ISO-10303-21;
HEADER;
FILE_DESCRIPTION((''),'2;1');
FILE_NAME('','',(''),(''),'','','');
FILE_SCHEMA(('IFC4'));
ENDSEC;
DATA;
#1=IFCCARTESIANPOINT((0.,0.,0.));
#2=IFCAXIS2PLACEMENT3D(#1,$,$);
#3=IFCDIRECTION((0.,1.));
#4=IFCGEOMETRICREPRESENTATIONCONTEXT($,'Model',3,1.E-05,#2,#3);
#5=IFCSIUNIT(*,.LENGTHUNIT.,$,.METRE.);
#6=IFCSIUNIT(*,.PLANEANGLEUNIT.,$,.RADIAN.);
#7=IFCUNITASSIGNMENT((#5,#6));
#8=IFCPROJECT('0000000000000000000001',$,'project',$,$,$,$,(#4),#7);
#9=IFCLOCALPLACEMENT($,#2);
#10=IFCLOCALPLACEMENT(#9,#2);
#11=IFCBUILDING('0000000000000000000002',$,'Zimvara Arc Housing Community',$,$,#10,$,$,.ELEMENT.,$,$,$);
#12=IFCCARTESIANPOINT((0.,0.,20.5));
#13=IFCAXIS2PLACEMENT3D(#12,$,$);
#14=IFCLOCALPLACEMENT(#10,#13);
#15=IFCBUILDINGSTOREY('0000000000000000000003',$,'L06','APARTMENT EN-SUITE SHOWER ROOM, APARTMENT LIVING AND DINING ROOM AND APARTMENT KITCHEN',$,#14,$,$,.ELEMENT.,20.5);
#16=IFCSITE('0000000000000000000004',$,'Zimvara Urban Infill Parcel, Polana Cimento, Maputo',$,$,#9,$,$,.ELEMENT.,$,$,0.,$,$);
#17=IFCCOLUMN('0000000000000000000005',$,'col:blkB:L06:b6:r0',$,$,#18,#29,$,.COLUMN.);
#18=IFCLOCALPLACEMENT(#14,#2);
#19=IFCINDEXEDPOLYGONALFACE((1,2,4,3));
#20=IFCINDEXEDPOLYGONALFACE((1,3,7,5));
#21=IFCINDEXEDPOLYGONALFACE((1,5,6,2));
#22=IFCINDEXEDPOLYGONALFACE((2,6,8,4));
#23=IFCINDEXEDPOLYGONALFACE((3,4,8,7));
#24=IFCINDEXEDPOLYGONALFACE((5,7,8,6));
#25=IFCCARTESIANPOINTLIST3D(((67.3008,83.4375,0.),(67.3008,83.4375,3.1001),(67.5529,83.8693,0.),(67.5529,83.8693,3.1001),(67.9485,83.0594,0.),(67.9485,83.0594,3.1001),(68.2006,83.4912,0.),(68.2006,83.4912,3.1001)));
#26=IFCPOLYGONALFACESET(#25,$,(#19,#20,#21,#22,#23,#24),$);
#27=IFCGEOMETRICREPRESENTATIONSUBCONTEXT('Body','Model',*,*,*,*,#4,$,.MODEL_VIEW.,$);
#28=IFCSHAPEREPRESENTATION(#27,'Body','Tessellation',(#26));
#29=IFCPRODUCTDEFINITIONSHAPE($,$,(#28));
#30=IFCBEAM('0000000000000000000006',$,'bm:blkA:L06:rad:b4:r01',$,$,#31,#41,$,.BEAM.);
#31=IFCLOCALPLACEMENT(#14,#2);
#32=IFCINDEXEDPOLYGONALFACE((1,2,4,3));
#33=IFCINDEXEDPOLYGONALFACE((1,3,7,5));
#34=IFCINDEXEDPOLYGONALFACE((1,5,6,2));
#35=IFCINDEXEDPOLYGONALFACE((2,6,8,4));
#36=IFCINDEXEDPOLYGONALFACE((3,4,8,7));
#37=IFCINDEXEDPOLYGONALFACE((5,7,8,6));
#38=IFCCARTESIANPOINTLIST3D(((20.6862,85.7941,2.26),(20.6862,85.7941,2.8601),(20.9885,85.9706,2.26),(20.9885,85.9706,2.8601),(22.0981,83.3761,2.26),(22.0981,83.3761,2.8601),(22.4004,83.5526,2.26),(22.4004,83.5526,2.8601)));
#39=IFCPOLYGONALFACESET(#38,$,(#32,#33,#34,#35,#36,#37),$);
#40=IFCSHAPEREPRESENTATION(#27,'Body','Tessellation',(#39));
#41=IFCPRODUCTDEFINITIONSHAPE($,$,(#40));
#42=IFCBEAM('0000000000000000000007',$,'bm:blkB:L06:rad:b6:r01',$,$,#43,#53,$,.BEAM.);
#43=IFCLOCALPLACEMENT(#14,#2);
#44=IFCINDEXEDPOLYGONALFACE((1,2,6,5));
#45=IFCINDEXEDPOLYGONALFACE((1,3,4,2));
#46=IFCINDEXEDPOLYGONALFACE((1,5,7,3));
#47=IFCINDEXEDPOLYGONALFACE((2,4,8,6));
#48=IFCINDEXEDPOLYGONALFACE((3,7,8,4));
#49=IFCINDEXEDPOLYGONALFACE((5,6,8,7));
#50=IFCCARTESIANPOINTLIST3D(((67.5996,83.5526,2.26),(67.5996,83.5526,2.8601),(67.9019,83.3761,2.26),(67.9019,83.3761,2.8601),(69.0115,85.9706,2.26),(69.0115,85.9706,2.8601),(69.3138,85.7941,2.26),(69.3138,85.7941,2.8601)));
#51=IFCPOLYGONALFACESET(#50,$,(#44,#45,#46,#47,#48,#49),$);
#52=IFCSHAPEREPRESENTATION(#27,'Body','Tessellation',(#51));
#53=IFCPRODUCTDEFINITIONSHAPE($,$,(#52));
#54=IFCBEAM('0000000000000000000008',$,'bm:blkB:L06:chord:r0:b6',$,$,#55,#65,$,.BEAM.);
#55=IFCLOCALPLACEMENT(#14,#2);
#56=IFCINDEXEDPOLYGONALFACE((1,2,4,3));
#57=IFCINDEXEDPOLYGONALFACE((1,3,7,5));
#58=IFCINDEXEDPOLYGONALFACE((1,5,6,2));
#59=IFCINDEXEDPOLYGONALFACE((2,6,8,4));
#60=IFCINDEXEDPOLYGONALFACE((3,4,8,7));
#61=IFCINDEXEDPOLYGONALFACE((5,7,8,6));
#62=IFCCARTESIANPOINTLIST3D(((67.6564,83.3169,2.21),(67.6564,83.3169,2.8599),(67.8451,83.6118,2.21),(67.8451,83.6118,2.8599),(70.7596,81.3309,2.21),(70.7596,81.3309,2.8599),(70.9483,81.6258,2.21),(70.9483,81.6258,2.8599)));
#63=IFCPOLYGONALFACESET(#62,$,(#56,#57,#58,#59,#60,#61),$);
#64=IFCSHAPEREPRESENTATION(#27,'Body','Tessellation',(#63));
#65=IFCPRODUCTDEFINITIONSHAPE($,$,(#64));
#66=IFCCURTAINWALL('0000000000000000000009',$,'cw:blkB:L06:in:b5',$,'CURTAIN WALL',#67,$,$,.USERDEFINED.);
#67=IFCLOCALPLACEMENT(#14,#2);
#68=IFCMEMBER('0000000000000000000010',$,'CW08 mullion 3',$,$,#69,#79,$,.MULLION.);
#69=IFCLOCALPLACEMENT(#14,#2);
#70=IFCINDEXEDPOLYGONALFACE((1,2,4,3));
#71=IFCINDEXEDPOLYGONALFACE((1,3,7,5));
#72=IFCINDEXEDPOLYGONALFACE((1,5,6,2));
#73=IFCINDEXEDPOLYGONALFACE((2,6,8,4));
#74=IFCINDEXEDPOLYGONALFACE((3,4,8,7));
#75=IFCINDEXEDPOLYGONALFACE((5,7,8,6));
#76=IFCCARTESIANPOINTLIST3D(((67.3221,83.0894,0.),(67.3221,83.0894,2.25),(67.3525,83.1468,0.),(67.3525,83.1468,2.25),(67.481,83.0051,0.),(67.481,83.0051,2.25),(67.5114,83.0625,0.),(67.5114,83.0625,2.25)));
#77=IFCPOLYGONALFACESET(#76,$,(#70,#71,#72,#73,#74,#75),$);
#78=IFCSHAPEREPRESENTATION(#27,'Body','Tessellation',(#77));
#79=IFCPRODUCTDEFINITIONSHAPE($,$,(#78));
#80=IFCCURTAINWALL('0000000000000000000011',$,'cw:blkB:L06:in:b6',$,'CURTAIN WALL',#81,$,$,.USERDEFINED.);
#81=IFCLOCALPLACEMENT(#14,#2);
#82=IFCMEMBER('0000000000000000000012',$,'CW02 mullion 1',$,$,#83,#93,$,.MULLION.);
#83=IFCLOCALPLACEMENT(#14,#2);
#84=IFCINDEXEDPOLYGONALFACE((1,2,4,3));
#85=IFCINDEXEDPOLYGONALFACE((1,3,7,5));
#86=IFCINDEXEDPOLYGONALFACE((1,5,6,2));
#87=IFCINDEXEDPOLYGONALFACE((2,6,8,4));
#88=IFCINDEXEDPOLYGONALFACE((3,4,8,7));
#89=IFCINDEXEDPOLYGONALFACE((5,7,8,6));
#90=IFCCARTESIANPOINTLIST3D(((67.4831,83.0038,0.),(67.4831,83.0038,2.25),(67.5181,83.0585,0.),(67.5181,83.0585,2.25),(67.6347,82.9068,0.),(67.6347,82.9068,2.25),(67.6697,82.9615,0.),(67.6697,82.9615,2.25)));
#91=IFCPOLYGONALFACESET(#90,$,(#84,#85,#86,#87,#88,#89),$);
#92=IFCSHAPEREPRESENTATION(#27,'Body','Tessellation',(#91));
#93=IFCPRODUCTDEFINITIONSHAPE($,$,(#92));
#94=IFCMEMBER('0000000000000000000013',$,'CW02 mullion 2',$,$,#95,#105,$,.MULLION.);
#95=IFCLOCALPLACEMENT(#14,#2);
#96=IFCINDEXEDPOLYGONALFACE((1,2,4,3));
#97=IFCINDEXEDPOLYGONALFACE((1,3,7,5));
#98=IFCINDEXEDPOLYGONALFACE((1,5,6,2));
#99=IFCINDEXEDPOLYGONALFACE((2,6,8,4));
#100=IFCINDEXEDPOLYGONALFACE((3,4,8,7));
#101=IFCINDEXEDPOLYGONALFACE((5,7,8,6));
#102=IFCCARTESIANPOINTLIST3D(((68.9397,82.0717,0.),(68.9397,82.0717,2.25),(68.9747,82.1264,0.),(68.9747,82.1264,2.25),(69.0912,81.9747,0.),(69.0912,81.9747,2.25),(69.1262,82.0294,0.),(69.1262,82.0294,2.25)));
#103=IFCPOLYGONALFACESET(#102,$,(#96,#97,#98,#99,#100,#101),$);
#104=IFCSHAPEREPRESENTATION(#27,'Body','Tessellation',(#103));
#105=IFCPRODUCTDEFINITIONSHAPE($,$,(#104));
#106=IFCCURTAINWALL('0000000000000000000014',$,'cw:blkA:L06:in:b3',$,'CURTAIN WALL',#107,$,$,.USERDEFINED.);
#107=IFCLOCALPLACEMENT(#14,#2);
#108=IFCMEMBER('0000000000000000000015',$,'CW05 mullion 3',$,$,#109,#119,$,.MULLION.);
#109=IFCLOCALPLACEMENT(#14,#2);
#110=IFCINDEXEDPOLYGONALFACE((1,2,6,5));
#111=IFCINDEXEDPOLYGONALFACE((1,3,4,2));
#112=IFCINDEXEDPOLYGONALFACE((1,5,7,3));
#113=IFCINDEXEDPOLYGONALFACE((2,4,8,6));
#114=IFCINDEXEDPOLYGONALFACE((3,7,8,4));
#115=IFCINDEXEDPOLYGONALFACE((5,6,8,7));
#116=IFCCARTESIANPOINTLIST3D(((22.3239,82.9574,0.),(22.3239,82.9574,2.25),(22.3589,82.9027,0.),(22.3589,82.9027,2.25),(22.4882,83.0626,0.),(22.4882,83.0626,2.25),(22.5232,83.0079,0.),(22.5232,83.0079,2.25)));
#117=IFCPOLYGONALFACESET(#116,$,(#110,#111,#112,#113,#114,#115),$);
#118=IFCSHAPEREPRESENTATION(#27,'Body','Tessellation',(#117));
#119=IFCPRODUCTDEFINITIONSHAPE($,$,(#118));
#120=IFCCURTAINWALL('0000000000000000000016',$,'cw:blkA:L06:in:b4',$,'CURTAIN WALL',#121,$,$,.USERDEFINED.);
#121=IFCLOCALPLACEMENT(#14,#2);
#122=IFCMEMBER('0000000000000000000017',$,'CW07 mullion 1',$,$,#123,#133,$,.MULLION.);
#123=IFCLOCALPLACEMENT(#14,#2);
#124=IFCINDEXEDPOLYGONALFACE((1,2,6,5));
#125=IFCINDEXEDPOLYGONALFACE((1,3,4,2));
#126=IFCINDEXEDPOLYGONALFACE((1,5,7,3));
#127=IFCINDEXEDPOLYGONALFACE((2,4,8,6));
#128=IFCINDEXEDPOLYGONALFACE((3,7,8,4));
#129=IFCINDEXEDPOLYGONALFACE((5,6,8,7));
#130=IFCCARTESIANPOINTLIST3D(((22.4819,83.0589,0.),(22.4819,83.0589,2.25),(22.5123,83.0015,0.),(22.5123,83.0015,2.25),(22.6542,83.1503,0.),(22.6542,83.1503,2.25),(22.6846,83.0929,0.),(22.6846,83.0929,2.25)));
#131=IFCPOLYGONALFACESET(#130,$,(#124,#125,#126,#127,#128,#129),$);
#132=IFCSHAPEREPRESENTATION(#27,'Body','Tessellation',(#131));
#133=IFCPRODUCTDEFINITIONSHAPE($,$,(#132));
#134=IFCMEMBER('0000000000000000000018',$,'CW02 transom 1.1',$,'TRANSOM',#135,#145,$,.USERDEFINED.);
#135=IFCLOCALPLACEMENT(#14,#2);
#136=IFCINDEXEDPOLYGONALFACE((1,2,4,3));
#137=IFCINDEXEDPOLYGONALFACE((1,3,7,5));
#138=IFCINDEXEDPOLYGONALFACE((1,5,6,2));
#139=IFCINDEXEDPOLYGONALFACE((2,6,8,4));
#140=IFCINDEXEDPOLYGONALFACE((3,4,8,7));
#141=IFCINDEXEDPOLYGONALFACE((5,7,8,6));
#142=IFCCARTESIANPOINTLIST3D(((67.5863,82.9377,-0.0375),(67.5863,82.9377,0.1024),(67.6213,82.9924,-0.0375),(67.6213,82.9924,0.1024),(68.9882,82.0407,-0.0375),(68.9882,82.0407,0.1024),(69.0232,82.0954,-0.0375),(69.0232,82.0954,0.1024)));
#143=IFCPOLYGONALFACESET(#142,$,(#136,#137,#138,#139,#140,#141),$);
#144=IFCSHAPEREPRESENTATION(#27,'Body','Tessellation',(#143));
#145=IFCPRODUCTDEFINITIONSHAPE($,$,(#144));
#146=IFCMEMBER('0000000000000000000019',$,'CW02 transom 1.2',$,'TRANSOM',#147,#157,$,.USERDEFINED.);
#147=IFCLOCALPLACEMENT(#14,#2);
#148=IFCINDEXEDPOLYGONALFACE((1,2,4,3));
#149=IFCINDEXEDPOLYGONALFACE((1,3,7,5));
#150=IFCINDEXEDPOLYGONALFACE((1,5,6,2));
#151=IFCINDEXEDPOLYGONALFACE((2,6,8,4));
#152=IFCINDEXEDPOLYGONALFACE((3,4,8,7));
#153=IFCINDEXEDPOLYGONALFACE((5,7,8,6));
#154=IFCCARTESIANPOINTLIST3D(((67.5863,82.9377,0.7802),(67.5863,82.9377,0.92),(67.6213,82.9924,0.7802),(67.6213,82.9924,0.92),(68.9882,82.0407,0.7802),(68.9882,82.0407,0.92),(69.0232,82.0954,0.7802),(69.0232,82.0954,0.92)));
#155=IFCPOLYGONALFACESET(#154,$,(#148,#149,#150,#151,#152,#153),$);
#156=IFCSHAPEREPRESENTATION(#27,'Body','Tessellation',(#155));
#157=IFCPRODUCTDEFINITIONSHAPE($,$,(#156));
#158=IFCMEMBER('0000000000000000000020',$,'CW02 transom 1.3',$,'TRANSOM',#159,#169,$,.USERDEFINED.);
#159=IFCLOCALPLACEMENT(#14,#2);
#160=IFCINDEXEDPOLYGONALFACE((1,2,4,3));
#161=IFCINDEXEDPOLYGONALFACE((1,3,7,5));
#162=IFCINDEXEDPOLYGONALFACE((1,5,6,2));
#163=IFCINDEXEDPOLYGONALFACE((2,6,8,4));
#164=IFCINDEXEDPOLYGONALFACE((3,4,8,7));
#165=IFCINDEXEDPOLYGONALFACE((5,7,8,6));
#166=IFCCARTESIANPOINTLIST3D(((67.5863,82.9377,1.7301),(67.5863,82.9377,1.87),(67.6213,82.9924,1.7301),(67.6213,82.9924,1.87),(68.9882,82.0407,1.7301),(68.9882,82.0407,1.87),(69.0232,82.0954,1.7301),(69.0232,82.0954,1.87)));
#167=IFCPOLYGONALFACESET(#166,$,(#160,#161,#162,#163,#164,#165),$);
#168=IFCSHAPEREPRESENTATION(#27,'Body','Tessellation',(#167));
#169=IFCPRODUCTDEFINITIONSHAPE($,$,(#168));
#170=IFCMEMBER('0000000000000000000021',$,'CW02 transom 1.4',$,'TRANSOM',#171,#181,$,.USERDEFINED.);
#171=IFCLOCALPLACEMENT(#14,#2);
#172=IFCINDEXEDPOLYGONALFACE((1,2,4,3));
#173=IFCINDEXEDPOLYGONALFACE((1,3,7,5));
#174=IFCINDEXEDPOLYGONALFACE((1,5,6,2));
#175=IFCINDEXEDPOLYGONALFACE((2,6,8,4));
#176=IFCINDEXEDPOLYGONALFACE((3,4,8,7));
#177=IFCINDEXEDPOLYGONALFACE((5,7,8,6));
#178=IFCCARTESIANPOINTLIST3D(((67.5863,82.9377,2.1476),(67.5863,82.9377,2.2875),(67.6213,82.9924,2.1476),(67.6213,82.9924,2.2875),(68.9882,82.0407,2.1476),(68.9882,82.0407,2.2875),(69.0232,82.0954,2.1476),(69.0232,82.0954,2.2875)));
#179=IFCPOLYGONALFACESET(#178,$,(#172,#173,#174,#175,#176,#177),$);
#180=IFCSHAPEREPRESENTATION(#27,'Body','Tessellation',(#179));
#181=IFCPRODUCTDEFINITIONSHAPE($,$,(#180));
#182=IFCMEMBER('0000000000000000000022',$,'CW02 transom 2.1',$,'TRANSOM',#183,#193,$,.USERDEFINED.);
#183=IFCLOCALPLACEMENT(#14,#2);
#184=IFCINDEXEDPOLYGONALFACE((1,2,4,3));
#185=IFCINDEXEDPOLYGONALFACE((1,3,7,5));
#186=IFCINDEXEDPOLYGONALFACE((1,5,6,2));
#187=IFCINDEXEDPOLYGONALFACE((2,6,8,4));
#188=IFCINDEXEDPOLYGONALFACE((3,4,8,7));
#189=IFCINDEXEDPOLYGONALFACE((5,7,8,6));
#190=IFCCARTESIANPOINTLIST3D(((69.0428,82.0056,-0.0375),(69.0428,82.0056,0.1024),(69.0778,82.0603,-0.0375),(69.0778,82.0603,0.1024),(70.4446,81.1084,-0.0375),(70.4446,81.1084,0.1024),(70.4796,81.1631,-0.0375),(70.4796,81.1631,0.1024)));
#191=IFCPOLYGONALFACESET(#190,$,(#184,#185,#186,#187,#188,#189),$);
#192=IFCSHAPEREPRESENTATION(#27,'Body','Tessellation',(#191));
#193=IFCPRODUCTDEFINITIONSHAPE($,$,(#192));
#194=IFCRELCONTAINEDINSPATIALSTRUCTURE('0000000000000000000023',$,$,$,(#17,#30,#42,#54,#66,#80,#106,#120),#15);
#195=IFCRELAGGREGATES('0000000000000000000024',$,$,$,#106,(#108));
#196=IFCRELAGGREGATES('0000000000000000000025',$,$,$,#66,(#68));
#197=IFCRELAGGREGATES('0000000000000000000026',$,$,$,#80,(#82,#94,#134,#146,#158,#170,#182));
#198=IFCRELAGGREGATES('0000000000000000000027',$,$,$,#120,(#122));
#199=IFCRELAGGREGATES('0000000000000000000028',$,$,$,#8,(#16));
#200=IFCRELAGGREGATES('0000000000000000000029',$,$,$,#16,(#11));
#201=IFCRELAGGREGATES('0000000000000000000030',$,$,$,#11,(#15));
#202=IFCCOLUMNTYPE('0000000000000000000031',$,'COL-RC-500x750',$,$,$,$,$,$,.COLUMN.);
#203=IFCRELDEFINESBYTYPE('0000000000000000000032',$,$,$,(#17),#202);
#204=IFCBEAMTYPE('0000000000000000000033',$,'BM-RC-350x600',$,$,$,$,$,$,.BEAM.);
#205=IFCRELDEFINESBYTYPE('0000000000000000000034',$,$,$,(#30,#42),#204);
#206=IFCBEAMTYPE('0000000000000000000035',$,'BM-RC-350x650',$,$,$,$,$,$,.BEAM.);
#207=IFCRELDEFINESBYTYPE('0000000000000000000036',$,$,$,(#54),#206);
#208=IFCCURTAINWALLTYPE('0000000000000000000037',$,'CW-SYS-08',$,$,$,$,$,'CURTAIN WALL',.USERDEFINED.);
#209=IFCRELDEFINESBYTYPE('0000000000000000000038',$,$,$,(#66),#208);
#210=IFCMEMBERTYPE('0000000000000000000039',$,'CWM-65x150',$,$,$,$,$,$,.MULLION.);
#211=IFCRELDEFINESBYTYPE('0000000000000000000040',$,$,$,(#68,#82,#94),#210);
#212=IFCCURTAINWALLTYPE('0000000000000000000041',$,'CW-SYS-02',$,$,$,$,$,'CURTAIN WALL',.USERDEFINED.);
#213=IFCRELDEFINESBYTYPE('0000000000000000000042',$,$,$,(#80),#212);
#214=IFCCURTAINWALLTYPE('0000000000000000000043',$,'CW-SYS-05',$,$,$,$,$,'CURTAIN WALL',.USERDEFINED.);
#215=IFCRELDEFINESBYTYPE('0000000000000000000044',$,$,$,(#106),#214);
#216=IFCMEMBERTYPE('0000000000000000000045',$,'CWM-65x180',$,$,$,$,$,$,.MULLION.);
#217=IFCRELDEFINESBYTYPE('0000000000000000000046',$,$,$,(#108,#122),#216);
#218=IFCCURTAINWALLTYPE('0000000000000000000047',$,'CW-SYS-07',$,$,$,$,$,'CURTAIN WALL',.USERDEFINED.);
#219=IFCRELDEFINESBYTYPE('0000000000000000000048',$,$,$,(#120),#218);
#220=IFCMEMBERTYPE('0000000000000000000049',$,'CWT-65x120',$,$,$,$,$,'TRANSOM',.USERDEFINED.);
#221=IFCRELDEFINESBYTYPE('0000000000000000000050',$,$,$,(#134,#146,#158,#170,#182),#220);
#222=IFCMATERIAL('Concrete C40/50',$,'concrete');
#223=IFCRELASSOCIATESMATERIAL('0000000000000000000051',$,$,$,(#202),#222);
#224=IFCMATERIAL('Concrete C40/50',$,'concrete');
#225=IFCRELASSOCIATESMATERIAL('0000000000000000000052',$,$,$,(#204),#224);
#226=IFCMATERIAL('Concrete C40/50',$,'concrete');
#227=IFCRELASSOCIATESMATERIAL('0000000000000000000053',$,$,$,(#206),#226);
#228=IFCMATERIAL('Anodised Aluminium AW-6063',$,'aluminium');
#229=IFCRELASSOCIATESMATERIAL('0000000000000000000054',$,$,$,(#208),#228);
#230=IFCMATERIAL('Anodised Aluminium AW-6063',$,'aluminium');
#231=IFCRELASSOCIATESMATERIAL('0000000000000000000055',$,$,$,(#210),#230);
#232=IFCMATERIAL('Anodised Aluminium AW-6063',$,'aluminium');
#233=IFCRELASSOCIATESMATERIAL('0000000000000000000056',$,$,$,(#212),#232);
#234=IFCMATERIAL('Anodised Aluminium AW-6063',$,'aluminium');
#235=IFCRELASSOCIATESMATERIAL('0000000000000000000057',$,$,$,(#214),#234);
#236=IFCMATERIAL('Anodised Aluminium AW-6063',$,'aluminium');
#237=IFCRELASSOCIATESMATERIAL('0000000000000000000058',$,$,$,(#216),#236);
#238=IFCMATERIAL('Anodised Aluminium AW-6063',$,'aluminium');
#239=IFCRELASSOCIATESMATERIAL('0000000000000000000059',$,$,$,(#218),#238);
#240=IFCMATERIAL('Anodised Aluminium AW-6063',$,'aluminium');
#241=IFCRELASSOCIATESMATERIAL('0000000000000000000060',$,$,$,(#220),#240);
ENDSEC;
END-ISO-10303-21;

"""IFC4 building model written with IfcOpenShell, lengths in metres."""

from ifc_helpers import new_model, si_unit, direction, frame, origin, origin_2d, place, context, subcontext, project, spatial, rectangle, extrude, material, material_profile, profile_set, type_object, element, aggregate, save


model = new_model("IFC4")

# Units and contexts
model_context = context("Model", 3, precision=1e-05, world=origin(), true_north=direction((0.0, 1.0)))
body_context = subcontext(model_context, "Body", "Model", "MODEL_VIEW")
ifc_project = project(units=[si_unit("LENGTHUNIT", "METRE"), si_unit("PLANEANGLEUNIT", "RADIAN")], contexts=[model_context])

# Site, building, storey
site_placement = place(None, origin())
site = spatial("IfcSite", under=ifc_project, at=site_placement, Name="Zimvara Urban Infill Parcel, Polana Cimento, Maputo", CompositionType="ELEMENT", RefElevation=0.0)
building_placement = place(site_placement, origin())
building = spatial("IfcBuilding", under=site, at=building_placement, Name="Zimvara Arc Housing Community", CompositionType="ELEMENT")
storey_placement = place(building_placement, frame((0.0, 0.0, 20.5)))
storey = spatial("IfcBuildingStorey", under=building, at=storey_placement, Name="L06", Description="APARTMENT EN-SUITE SHOWER ROOM, APARTMENT LIVING AND DINING ROOM AND APARTMENT KITCHEN", CompositionType="ELEMENT", Elevation=20.5)

# Column
ifc_material_1 = material(Name="Concrete C40/50", Category="concrete")
ifc_material_profile_1 = material_profile(ifc_material_1, rectangle(XDim=0.5, YDim=0.75, at=origin_2d()), Name="RC 500x750")
ifc_profile_set_1 = profile_set([ifc_material_profile_1], Name="Concrete C40/50")
column_type = type_object("IfcColumnType", Name="COL-RC-500x750", PredefinedType="COLUMN", material=ifc_profile_set_1)
column_placement = place(storey_placement, frame((67.7507, 83.4644, 0.0), z_axis=(0.0, 0.0, 1.0), x_axis=(0.504226, 0.863572, 0.0)))
element("IfcColumn", 1, at=column_placement, inside=storey, type_object=column_type, Name="col:blkB:L06:b6:r0", PredefinedType="COLUMN", context=body_context, shape_type="SweptSolid", body=[
    extrude(rectangle(XDim=0.5, YDim=0.75, at=origin_2d()), origin(), (0.0, 0.0, 1.0), 3.1001),
])

# Beams
ifc_material_2 = material(Name="Concrete C40/50", Category="concrete")
ifc_material_profile_2 = material_profile(ifc_material_2, rectangle(XDim=0.3501, YDim=0.6001, at=origin_2d()), Name="RC 350x600")
ifc_profile_set_2 = profile_set([ifc_material_profile_2], Name="Concrete C40/50")
beam_type_1 = type_object("IfcBeamType", Name="BM-RC-350x600", PredefinedType="BEAM", material=ifc_profile_set_2)
for number, where, z_axis, x_axis, name in (
    (2, (22.2493, 83.4644, 2.5601), (-0.50424, 0.863564, 0.0), (-0.863564, -0.50424, 0.0), "bm:blkA:L06:rad:b4:r01"),
    (3, (67.7507, 83.4644, 2.5601), (0.50424, 0.863564, 0.0), (-0.863564, 0.50424, 0.0), "bm:blkB:L06:rad:b6:r01"),
):
    element("IfcBeam", number, at=place(storey_placement, frame(where, z_axis=z_axis, x_axis=x_axis)), inside=storey, type_object=beam_type_1, Name=name, PredefinedType="BEAM", context=body_context, shape_type="SweptSolid", body=[
        extrude(rectangle(XDim=0.3501, YDim=0.6001, at=origin_2d()), origin(), (0.0, 0.0, 1.0), 2.8),
    ])
ifc_material_3 = material(Name="Concrete C40/50", Category="concrete")
ifc_material_profile_3 = material_profile(ifc_material_3, rectangle(XDim=0.3501, YDim=0.6499, at=origin_2d()), Name="RC 350x650")
ifc_profile_set_3 = profile_set([ifc_material_profile_3], Name="Concrete C40/50")
beam_type_2 = type_object("IfcBeamType", Name="BM-RC-350x650", PredefinedType="BEAM", material=ifc_profile_set_3)
beam_placement = place(storey_placement, frame((67.7507, 83.4644, 2.5349), z_axis=(0.842273, -0.539052, 0.0), x_axis=(0.539052, 0.842273, 0.0)))
element("IfcBeam", 4, at=beam_placement, inside=storey, type_object=beam_type_2, Name="bm:blkB:L06:chord:r0:b6", PredefinedType="BEAM", context=body_context, shape_type="SweptSolid", body=[
    extrude(rectangle(XDim=0.3501, YDim=0.6499, at=origin_2d()), origin(), (0.0, 0.0, 1.0), 3.6843),
])

# Curtain wall, member
ifc_material_4 = material(Name="Anodised Aluminium AW-6063", Category="aluminium")
curtain_wall_type_1 = type_object("IfcCurtainWallType", Name="CW-SYS-08", ElementType="CURTAIN WALL", PredefinedType="USERDEFINED", material=ifc_material_4)
curtain_wall_1_placement = place(storey_placement, origin())
curtain_wall_1 = element("IfcCurtainWall", 5, at=curtain_wall_1_placement, inside=storey, type_object=curtain_wall_type_1, Name="cw:blkB:L06:in:b5", ObjectType="CURTAIN WALL", PredefinedType="USERDEFINED")
ifc_material_5 = material(Name="Anodised Aluminium AW-6063", Category="aluminium")
ifc_material_profile_4 = material_profile(ifc_material_5, rectangle(XDim=0.0649, YDim=0.1799, at=origin_2d()), Name="ALU 65x180")
ifc_profile_set_4 = profile_set([ifc_material_profile_4], Name="Anodised Aluminium AW-6063")
member_type_1 = type_object("IfcMemberType", Name="CWM-65x150", PredefinedType="MULLION", material=ifc_profile_set_4)
member_1_placement = place(storey_placement, frame((67.4167, 83.0759, 0.0), z_axis=(0.0, 0.0, 1.0), x_axis=(0.468545, 0.88344, 0.0)))
member_1 = element("IfcMember", 6, at=member_1_placement, type_object=member_type_1, Name="CW08 mullion 3", PredefinedType="MULLION", context=body_context, shape_type="SweptSolid", body=[
    extrude(rectangle(XDim=0.0649, YDim=0.1799, at=origin_2d()), origin(), (0.0, 0.0, 1.0), 2.25),
])

# Curtain wall, members
ifc_material_6 = material(Name="Anodised Aluminium AW-6063", Category="aluminium")
curtain_wall_type_2 = type_object("IfcCurtainWallType", Name="CW-SYS-02", ElementType="CURTAIN WALL", PredefinedType="USERDEFINED", material=ifc_material_6)
curtain_wall_2_placement = place(storey_placement, origin())
curtain_wall_2 = element("IfcCurtainWall", 7, at=curtain_wall_2_placement, inside=storey, type_object=curtain_wall_type_2, Name="cw:blkB:L06:in:b6", ObjectType="CURTAIN WALL", PredefinedType="USERDEFINED")
member_2_placement = place(storey_placement, frame((67.5764, 82.9827, 0.0), z_axis=(0.0, 0.0, 1.0), x_axis=(0.539064, 0.842265, 0.0)))
member_2 = element("IfcMember", 8, at=member_2_placement, type_object=member_type_1, Name="CW02 mullion 1", PredefinedType="MULLION", context=body_context, shape_type="SweptSolid", body=[
    extrude(rectangle(XDim=0.0649, YDim=0.1799, at=origin_2d()), origin(), (0.0, 0.0, 1.0), 2.25),
])
member_3_placement = place(storey_placement, frame((69.033, 82.0505, 0.0), z_axis=(0.0, 0.0, 1.0), x_axis=(0.539064, 0.842265, 0.0)))
member_3 = element("IfcMember", 9, at=member_3_placement, type_object=member_type_1, Name="CW02 mullion 2", PredefinedType="MULLION", context=body_context, shape_type="SweptSolid", body=[
    extrude(rectangle(XDim=0.0649, YDim=0.1799, at=origin_2d()), origin(), (0.0, 0.0, 1.0), 2.25),
])

# Curtain walls, members
ifc_material_7 = material(Name="Anodised Aluminium AW-6063", Category="aluminium")
curtain_wall_type_3 = type_object("IfcCurtainWallType", Name="CW-SYS-05", ElementType="CURTAIN WALL", PredefinedType="USERDEFINED", material=ifc_material_7)
curtain_wall_3_placement = place(storey_placement, origin())
curtain_wall_3 = element("IfcCurtainWall", 10, at=curtain_wall_3_placement, inside=storey, type_object=curtain_wall_type_3, Name="cw:blkA:L06:in:b3", ObjectType="CURTAIN WALL", PredefinedType="USERDEFINED")
ifc_material_8 = material(Name="Anodised Aluminium AW-6063", Category="aluminium")
ifc_material_profile_5 = material_profile(ifc_material_8, rectangle(XDim=0.0649, YDim=0.1951, at=origin_2d()), Name="ALU 65x195")
ifc_profile_set_5 = profile_set([ifc_material_profile_5], Name="Anodised Aluminium AW-6063")
member_type_2 = type_object("IfcMemberType", Name="CWM-65x180", PredefinedType="MULLION", material=ifc_profile_set_5)
member_4_placement = place(storey_placement, frame((22.4236, 82.9827, 0.0), z_axis=(0.0, 0.0, 1.0), x_axis=(-0.539064, 0.842265, 0.0)))
member_4 = element("IfcMember", 11, at=member_4_placement, type_object=member_type_2, Name="CW05 mullion 3", PredefinedType="MULLION", context=body_context, shape_type="SweptSolid", body=[
    extrude(rectangle(XDim=0.0649, YDim=0.1951, at=origin_2d()), origin(), (0.0, 0.0, 1.0), 2.25),
])
aggregate(curtain_wall_3, [member_4])
ifc_material_9 = material(Name="Anodised Aluminium AW-6063", Category="aluminium")
curtain_wall_type_4 = type_object("IfcCurtainWallType", Name="CW-SYS-07", ElementType="CURTAIN WALL", PredefinedType="USERDEFINED", material=ifc_material_9)
curtain_wall_4_placement = place(storey_placement, origin())
curtain_wall_4 = element("IfcCurtainWall", 12, at=curtain_wall_4_placement, inside=storey, type_object=curtain_wall_type_4, Name="cw:blkA:L06:in:b4", ObjectType="CURTAIN WALL", PredefinedType="USERDEFINED")
member_5_placement = place(storey_placement, frame((22.5833, 83.0759, 0.0), z_axis=(0.0, 0.0, 1.0), x_axis=(-0.468545, 0.88344, 0.0)))
member_5 = element("IfcMember", 13, at=member_5_placement, type_object=member_type_2, Name="CW07 mullion 1", PredefinedType="MULLION", context=body_context, shape_type="SweptSolid", body=[
    extrude(rectangle(XDim=0.0649, YDim=0.1951, at=origin_2d()), origin(), (0.0, 0.0, 1.0), 2.25),
])

# Members
ifc_material_10 = material(Name="Anodised Aluminium AW-6063", Category="aluminium")
ifc_material_profile_6 = material_profile(ifc_material_10, rectangle(XDim=0.0649, YDim=0.1399, at=origin_2d()), Name="ALU 65x140")
ifc_profile_set_6 = profile_set([ifc_material_profile_6], Name="Anodised Aluminium AW-6063")
member_type_3 = type_object("IfcMemberType", Name="CWT-65x120", ElementType="TRANSOM", PredefinedType="USERDEFINED", material=ifc_profile_set_6)
member_6_placement = place(storey_placement, frame((67.6038, 82.9651, 0.0325), z_axis=(0.84233, -0.538962, 0.0), x_axis=(0.538962, 0.84233, 0.0)))
member_6 = element("IfcMember", 14, at=member_6_placement, type_object=member_type_3, Name="CW02 transom 1.1", ObjectType="TRANSOM", PredefinedType="USERDEFINED", context=body_context, shape_type="SweptSolid", body=[
    extrude(rectangle(XDim=0.0649, YDim=0.1399, at=origin_2d()), origin(), (0.0, 0.0, 1.0), 1.6643),
])
member_7_placement = place(storey_placement, frame((67.6038, 82.9651, 0.8501), z_axis=(0.84233, -0.538962, 0.0), x_axis=(0.538962, 0.84233, 0.0)))
member_7 = element("IfcMember", 15, at=member_7_placement, type_object=member_type_3, Name="CW02 transom 1.2", ObjectType="TRANSOM", PredefinedType="USERDEFINED", context=body_context, shape_type="SweptSolid", body=[
    extrude(rectangle(XDim=0.0649, YDim=0.1399, at=origin_2d()), origin(), (0.0, 0.0, 1.0), 1.6643),
])
member_8_placement = place(storey_placement, frame((67.6038, 82.9651, 1.8), z_axis=(0.84233, -0.538962, 0.0), x_axis=(0.538962, 0.84233, 0.0)))
member_8 = element("IfcMember", 16, at=member_8_placement, type_object=member_type_3, Name="CW02 transom 1.3", ObjectType="TRANSOM", PredefinedType="USERDEFINED", context=body_context, shape_type="SweptSolid", body=[
    extrude(rectangle(XDim=0.0649, YDim=0.1399, at=origin_2d()), origin(), (0.0, 0.0, 1.0), 1.6643),
])
member_9_placement = place(storey_placement, frame((67.6038, 82.9651, 2.2175), z_axis=(0.84233, -0.538962, 0.0), x_axis=(0.538962, 0.84233, 0.0)))
member_9 = element("IfcMember", 17, at=member_9_placement, type_object=member_type_3, Name="CW02 transom 1.4", ObjectType="TRANSOM", PredefinedType="USERDEFINED", context=body_context, shape_type="SweptSolid", body=[
    extrude(rectangle(XDim=0.0649, YDim=0.1399, at=origin_2d()), origin(), (0.0, 0.0, 1.0), 1.6643),
])
member_10_placement = place(storey_placement, frame((69.0603, 82.033, 0.0325), z_axis=(0.842263, -0.539066, 0.0), x_axis=(0.539066, 0.842263, 0.0)))
member_10 = element("IfcMember", 18, at=member_10_placement, type_object=member_type_3, Name="CW02 transom 2.1", ObjectType="TRANSOM", PredefinedType="USERDEFINED", context=body_context, shape_type="SweptSolid", body=[
    extrude(rectangle(XDim=0.0649, YDim=0.1399, at=origin_2d()), origin(), (0.0, 0.0, 1.0), 1.6643),
])

aggregate(curtain_wall_1, [member_1])
aggregate(curtain_wall_2, [member_2, member_3, member_6, member_7, member_8, member_9, member_10])
aggregate(curtain_wall_4, [member_5])

save(model, "model.ifc")
